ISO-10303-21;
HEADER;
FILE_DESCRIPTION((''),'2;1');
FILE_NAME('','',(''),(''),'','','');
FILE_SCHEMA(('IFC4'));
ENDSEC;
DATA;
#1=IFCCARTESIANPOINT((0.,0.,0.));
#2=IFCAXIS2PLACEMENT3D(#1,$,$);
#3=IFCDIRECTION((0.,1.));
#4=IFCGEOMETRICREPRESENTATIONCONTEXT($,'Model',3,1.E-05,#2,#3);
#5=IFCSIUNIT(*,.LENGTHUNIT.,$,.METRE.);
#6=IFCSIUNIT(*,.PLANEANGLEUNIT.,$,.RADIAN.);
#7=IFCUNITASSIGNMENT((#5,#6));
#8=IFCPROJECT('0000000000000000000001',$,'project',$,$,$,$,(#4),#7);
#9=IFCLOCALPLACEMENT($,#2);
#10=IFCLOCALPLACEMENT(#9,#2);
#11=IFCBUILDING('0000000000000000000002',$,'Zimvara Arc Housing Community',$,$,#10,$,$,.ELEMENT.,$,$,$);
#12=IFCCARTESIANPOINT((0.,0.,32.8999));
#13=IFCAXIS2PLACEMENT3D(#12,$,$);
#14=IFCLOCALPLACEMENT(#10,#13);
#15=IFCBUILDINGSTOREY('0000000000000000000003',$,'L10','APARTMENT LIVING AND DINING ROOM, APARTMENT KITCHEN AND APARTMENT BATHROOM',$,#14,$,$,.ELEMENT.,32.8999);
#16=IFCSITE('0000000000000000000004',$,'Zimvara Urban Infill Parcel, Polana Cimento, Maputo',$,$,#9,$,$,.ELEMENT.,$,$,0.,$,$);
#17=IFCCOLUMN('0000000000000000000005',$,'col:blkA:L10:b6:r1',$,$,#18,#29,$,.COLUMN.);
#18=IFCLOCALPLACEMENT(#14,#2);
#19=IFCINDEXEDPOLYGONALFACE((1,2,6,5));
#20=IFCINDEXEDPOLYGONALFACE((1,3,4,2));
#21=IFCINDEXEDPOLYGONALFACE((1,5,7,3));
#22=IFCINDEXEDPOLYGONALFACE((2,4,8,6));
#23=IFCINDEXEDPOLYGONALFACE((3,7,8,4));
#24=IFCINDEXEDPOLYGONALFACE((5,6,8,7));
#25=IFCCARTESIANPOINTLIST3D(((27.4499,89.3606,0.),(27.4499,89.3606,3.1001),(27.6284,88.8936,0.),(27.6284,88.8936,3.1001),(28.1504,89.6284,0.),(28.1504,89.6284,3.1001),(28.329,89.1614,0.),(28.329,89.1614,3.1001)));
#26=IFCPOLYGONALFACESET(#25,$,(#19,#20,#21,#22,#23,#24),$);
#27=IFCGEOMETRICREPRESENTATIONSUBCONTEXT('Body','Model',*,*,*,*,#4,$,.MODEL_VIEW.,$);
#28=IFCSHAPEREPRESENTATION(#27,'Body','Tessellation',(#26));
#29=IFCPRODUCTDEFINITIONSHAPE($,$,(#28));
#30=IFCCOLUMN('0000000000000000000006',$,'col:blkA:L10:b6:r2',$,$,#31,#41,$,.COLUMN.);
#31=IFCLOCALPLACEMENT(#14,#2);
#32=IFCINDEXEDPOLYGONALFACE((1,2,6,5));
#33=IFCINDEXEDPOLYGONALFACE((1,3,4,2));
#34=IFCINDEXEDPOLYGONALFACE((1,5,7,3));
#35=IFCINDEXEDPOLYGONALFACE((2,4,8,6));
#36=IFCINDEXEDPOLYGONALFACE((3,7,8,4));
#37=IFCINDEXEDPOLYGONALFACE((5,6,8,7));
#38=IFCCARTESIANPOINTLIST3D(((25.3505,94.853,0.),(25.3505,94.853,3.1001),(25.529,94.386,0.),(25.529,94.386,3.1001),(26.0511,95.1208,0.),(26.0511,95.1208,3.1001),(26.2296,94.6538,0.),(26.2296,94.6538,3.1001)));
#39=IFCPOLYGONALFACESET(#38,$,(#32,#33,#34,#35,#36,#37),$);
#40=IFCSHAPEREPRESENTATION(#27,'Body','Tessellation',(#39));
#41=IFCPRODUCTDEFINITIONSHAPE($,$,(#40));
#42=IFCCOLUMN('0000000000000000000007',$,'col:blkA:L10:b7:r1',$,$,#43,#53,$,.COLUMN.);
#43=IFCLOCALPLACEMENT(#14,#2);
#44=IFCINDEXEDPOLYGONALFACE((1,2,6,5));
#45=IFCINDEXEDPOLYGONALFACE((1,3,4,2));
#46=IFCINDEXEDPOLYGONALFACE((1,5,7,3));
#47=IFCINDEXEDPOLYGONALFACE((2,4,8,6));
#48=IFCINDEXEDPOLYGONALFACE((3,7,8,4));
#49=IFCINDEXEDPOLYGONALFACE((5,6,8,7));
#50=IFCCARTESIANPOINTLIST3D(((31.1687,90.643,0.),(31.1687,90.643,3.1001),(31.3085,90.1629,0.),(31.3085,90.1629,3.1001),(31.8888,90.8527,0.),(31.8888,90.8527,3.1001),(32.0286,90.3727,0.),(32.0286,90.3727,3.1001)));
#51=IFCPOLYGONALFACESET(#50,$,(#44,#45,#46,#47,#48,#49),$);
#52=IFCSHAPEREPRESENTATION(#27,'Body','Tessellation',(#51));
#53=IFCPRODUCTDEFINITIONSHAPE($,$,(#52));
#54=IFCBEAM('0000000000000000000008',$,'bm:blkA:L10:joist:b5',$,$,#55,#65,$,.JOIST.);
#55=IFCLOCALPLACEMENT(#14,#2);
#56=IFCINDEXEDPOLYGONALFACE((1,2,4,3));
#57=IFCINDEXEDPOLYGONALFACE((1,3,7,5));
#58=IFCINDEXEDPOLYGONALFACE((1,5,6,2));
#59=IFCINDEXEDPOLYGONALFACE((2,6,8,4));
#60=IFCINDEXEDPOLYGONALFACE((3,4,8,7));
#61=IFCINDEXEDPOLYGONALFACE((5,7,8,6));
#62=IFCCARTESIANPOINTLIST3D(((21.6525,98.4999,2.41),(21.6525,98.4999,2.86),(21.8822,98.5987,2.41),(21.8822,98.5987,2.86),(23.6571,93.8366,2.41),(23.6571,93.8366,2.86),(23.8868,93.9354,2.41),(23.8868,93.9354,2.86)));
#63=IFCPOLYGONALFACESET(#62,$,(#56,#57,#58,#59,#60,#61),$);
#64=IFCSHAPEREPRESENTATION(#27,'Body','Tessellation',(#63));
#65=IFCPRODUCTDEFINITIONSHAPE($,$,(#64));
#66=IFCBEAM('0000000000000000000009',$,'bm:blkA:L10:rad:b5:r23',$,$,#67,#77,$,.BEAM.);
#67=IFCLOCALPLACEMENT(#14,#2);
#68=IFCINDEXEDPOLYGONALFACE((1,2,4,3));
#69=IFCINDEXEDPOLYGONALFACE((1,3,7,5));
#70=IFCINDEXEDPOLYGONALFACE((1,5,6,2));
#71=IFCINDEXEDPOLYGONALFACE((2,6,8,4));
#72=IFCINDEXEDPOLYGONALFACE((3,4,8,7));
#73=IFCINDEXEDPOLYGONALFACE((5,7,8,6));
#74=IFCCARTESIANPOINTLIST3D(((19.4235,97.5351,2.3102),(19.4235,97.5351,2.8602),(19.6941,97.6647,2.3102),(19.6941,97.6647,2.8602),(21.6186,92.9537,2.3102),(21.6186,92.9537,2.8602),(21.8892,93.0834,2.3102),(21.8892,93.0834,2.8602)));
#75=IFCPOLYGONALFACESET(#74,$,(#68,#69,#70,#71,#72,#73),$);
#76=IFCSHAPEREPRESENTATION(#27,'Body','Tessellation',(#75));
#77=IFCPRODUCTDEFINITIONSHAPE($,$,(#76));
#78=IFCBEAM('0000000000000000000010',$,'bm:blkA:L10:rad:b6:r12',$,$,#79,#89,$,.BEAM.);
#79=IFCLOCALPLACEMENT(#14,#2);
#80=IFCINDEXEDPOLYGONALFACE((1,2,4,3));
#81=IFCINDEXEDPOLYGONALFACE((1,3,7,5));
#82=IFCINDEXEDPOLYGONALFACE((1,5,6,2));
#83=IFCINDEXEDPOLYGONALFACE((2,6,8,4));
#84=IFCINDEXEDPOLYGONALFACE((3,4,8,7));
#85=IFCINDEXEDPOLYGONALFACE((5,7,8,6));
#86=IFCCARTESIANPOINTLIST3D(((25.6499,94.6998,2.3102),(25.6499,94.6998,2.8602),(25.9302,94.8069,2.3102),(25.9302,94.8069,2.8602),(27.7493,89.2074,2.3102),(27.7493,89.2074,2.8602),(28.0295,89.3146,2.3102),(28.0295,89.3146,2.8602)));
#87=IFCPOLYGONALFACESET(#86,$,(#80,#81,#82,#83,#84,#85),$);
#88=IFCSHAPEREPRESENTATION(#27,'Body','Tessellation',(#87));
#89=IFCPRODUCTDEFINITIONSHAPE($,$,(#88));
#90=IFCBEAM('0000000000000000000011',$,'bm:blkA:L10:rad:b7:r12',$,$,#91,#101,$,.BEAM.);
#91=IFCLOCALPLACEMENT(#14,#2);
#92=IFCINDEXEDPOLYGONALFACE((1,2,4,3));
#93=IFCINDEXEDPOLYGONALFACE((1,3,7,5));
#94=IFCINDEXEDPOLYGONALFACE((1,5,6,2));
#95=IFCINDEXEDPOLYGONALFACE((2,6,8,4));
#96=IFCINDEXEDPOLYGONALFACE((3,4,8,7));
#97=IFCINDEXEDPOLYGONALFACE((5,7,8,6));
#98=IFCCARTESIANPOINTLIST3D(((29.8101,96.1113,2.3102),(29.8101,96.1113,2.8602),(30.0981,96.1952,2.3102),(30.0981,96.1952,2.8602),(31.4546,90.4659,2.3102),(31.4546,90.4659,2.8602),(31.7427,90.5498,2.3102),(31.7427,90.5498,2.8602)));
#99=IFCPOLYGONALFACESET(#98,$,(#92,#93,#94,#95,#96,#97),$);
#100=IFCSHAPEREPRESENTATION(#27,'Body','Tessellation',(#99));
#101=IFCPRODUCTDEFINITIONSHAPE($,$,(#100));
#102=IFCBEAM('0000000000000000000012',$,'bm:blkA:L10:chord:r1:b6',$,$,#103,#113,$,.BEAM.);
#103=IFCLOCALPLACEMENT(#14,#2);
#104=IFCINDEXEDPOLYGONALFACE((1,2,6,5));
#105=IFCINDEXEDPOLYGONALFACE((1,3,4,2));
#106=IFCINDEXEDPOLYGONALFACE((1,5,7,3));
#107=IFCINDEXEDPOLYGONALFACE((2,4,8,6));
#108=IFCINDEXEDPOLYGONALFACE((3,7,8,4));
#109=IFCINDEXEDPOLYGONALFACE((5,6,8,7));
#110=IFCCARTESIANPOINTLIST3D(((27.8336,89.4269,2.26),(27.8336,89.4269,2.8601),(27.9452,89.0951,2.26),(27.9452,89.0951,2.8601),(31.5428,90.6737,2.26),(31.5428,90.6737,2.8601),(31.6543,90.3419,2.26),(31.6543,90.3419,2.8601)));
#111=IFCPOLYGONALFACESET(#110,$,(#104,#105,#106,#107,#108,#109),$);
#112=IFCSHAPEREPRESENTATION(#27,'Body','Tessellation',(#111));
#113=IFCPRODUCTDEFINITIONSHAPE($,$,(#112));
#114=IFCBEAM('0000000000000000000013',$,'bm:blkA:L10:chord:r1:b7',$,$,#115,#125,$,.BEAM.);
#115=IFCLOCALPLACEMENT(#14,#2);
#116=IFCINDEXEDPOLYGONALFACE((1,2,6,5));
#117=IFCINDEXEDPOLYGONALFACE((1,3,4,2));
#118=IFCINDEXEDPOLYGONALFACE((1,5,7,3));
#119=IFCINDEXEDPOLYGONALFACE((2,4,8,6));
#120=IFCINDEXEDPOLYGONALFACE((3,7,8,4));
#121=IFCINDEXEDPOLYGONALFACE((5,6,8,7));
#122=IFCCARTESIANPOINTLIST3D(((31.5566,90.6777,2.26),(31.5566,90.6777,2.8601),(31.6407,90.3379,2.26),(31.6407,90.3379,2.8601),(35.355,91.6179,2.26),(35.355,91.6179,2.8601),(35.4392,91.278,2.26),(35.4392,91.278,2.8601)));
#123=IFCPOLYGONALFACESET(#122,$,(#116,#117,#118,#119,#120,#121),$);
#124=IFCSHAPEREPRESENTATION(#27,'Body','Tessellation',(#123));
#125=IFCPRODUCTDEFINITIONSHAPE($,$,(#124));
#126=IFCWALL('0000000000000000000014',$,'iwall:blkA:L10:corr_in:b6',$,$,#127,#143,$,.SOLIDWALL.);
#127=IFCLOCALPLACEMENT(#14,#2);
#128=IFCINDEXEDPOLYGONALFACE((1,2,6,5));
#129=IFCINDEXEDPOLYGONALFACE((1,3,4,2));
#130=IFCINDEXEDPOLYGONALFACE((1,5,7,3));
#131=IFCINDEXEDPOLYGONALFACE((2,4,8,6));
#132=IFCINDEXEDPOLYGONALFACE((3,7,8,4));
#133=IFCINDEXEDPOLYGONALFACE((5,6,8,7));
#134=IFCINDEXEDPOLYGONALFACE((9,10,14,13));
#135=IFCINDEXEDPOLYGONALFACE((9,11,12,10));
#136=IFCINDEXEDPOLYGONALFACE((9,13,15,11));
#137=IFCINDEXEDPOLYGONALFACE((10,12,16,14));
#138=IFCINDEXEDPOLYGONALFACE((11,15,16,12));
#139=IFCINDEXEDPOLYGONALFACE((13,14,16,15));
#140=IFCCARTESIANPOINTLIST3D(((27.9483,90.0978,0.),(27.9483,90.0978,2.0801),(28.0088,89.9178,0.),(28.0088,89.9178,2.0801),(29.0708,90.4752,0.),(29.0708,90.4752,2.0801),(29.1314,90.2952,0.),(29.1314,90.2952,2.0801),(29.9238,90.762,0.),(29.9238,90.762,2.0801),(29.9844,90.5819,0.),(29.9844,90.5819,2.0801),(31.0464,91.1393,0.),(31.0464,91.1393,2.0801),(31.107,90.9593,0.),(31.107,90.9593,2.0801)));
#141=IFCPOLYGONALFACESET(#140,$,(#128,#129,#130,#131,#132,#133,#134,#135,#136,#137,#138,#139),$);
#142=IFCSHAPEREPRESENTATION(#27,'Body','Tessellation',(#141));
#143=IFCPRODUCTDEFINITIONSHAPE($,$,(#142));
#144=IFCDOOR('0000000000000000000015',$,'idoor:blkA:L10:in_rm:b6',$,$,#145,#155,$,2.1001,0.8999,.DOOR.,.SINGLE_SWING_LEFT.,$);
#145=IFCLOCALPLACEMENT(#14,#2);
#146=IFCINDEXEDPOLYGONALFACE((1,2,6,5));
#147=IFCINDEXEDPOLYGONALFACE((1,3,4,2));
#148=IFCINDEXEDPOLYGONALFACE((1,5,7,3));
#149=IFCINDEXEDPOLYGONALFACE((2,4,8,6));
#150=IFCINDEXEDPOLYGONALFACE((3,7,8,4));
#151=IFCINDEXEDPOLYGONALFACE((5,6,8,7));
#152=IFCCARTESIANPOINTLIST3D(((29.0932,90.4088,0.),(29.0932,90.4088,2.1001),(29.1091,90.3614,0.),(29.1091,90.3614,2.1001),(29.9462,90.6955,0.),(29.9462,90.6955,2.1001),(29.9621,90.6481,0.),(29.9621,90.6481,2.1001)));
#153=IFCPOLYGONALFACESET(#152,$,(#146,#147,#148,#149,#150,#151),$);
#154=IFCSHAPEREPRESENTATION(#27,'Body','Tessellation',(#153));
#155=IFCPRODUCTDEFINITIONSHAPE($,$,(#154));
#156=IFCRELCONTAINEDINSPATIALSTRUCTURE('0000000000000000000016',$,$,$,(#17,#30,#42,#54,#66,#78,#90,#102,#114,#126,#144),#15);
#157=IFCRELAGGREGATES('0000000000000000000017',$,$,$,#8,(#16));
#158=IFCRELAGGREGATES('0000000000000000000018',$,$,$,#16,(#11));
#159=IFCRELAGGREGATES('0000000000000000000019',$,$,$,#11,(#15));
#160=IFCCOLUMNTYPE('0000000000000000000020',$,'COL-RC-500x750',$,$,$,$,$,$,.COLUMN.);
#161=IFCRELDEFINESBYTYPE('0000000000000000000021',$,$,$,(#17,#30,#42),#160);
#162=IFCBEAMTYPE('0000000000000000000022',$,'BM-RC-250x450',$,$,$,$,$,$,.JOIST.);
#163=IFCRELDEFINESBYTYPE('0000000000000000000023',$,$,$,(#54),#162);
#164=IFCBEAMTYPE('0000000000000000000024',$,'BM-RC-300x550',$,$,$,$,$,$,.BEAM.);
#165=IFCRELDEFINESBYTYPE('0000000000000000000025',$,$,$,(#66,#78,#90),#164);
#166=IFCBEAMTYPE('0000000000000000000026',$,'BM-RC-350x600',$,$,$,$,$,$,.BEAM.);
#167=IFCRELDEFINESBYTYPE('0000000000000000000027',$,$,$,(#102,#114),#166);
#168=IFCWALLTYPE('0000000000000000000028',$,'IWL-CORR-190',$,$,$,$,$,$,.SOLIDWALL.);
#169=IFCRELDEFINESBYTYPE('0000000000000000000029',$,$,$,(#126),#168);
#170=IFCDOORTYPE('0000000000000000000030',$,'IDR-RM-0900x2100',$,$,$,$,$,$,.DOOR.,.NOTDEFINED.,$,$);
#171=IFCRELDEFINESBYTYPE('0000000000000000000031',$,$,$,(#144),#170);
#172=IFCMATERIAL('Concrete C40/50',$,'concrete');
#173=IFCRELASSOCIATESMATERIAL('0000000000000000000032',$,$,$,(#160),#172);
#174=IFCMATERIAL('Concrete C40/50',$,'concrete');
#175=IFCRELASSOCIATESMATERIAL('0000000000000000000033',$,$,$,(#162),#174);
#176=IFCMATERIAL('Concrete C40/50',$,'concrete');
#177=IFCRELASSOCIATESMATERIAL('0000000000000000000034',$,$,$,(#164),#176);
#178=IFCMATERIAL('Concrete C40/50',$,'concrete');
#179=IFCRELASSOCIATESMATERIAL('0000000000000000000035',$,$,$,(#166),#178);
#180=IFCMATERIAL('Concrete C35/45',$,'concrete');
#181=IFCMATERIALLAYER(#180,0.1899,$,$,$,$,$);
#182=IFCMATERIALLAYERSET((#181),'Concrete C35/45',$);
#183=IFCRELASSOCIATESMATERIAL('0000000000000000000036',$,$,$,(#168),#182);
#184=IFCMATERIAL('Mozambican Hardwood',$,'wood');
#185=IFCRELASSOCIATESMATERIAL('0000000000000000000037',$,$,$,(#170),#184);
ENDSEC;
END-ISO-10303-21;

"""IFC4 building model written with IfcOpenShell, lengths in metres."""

from ifc_helpers import new_model, si_unit, direction, frame, frame_2d, origin, origin_2d, place, context, subcontext, project, spatial, rectangle, extrude, material, layer, layer_set, material_profile, profile_set, type_object, element, fill, save


model = new_model("IFC4")

# Units and contexts
model_context = context("Model", 3, precision=1e-05, world=origin(), true_north=direction((0.0, 1.0)))
body_context = subcontext(model_context, "Body", "Model", "MODEL_VIEW")
ifc_project = project(units=[si_unit("LENGTHUNIT", "METRE"), si_unit("PLANEANGLEUNIT", "RADIAN")], contexts=[model_context])

# Site, building, storey
site_placement = place(None, origin())
site = spatial("IfcSite", under=ifc_project, at=site_placement, Name="Zimvara Urban Infill Parcel, Polana Cimento, Maputo", CompositionType="ELEMENT", RefElevation=0.0)
building_placement = place(site_placement, origin())
building = spatial("IfcBuilding", under=site, at=building_placement, Name="Zimvara Arc Housing Community", CompositionType="ELEMENT")
storey_placement = place(building_placement, frame((0.0, 0.0, 32.8999)))
storey = spatial("IfcBuildingStorey", under=building, at=storey_placement, Name="L10", Description="APARTMENT LIVING AND DINING ROOM, APARTMENT KITCHEN AND APARTMENT BATHROOM", CompositionType="ELEMENT", Elevation=32.8999)

# Columns
ifc_material_1 = material(Name="Concrete C40/50", Category="concrete")
ifc_material_profile_1 = material_profile(ifc_material_1, rectangle(XDim=0.5, YDim=0.75, at=origin_2d()), Name="RC 500x750")
ifc_profile_set_1 = profile_set([ifc_material_profile_1], Name="Concrete C40/50")
column_type = type_object("IfcColumnType", Name="COL-RC-500x750", PredefinedType="COLUMN", material=ifc_profile_set_1)
for number, where, z_axis, x_axis, name in (
    (1, (27.8894, 89.261, 0.0), (0.0, 0.0, 1.0), (-0.357064, 0.93408, 0.0), "col:blkA:L10:b6:r1"),
    (2, (25.79, 94.7534, 0.0), (0.0, 0.0, 1.0), (-0.357064, 0.93408, 0.0), "col:blkA:L10:b6:r2"),
    (3, (31.5986, 90.5078, 0.0), (0.0, 0.0, 1.0), (-0.279661, 0.960099, 0.0), "col:blkA:L10:b7:r1"),
):
    element("IfcColumn", number, at=place(storey_placement, frame(where, z_axis=z_axis, x_axis=x_axis)), inside=storey, type_object=column_type, Name=name, PredefinedType="COLUMN", context=body_context, shape_type="SweptSolid", body=[
        extrude(rectangle(XDim=0.5, YDim=0.75, at=origin_2d()), origin(), (0.0, 0.0, 1.0), 3.1001),
    ])

# Beams
ifc_material_2 = material(Name="Concrete C40/50", Category="concrete")
ifc_material_profile_2 = material_profile(ifc_material_2, rectangle(XDim=0.25, YDim=0.45, at=origin_2d()), Name="RC 250x450")
ifc_profile_set_2 = profile_set([ifc_material_profile_2], Name="Concrete C40/50")
beam_type_1 = type_object("IfcBeamType", Name="BM-RC-250x450", PredefinedType="JOIST", material=ifc_profile_set_2)
beam_1_placement = place(storey_placement, frame((23.772, 93.886, 2.635), z_axis=(-0.394929, 0.918712, 0.0), x_axis=(-0.918712, -0.394929, 0.0)))
element("IfcBeam", 4, at=beam_1_placement, inside=storey, type_object=beam_type_1, Name="bm:blkA:L10:joist:b5", PredefinedType="JOIST", context=body_context, shape_type="SweptSolid", body=[
    extrude(rectangle(XDim=0.25, YDim=0.45, at=origin_2d()), origin(), (0.0, 0.0, 1.0), 5.0759),
])
ifc_material_3 = material(Name="Concrete C40/50", Category="concrete")
ifc_material_profile_3 = material_profile(ifc_material_3, rectangle(XDim=0.3, YDim=0.55, at=origin_2d()), Name="RC 300x550")
ifc_profile_set_3 = profile_set([ifc_material_profile_3], Name="Concrete C40/50")
beam_type_2 = type_object("IfcBeamType", Name="BM-RC-300x550", PredefinedType="BEAM", material=ifc_profile_set_3)
beam_2_placement = place(storey_placement, frame((21.7539, 93.0186, 2.5852), z_axis=(-0.432098, 0.901827, 0.0), x_axis=(-0.901827, -0.432098, 0.0)))
element("IfcBeam", 5, at=beam_2_placement, inside=storey, type_object=beam_type_2, Name="bm:blkA:L10:rad:b5:r23", PredefinedType="BEAM", context=body_context, shape_type="SweptSolid", body=[
    extrude(rectangle(XDim=0.3, YDim=0.55, at=origin_2d()), origin(), (0.0, 0.0, 1.0), 5.0801),
])
beam_3_placement = place(storey_placement, frame((27.8894, 89.261, 2.5852), z_axis=(-0.357036, 0.934091, 0.0), x_axis=(-0.934091, -0.357036, 0.0)))
element("IfcBeam", 6, at=beam_3_placement, inside=storey, type_object=beam_type_2, Name="bm:blkA:L10:rad:b6:r12", PredefinedType="BEAM", context=body_context, shape_type="SweptSolid", body=[
    extrude(rectangle(XDim=0.3, YDim=0.55, at=origin_2d()), origin(), (0.0, 0.0, 1.0), 5.8799),
])
beam_4_placement = place(storey_placement, frame((31.5986, 90.5078, 2.5852), z_axis=(-0.279675, 0.960095, 0.0), x_axis=(-0.960095, -0.279675, 0.0)))
element("IfcBeam", 7, at=beam_4_placement, inside=storey, type_object=beam_type_2, Name="bm:blkA:L10:rad:b7:r12", PredefinedType="BEAM", context=body_context, shape_type="SweptSolid", body=[
    extrude(rectangle(XDim=0.3, YDim=0.55, at=origin_2d()), origin(), (0.0, 0.0, 1.0), 5.8801),
])
ifc_material_4 = material(Name="Concrete C40/50", Category="concrete")
ifc_material_profile_4 = material_profile(ifc_material_4, rectangle(XDim=0.3501, YDim=0.6001, at=origin_2d()), Name="RC 350x600")
ifc_profile_set_4 = profile_set([ifc_material_profile_4], Name="Concrete C40/50")
beam_type_3 = type_object("IfcBeamType", Name="BM-RC-350x600", PredefinedType="BEAM", material=ifc_profile_set_4)
for number, where, z_axis, x_axis, name in (
    (8, (27.8894, 89.261, 2.5601), (0.947882, 0.318623, 0.0), (-0.318623, 0.947882, 0.0), "bm:blkA:L10:chord:r1:b6"),
    (9, (31.5986, 90.5078, 2.5601), (0.970709, 0.24026, 0.0), (-0.24026, 0.970709, 0.0), "bm:blkA:L10:chord:r1:b7"),
):
    element("IfcBeam", number, at=place(storey_placement, frame(where, z_axis=z_axis, x_axis=x_axis)), inside=storey, type_object=beam_type_3, Name=name, PredefinedType="BEAM", context=body_context, shape_type="SweptSolid", body=[
        extrude(rectangle(XDim=0.3501, YDim=0.6001, at=origin_2d()), origin(), (0.0, 0.0, 1.0), 3.9131),
    ])

# Wall, opening, door
ifc_material_5 = material(Name="Concrete C35/45", Category="concrete")
ifc_layer_1 = layer(ifc_material_5, 0.1899)
ifc_layer_set_1 = layer_set([ifc_layer_1], Name="Concrete C35/45")
wall_type_1 = type_object("IfcWallType", Name="IWL-CORR-190", PredefinedType="SOLIDWALL", material=ifc_layer_set_1)
wall_1_placement = place(storey_placement, frame((27.9785, 90.0078, 0.0), z_axis=(0.0, 0.0, 1.0), x_axis=(0.947874, 0.318647, 0.0)))
wall_1 = element("IfcWall", 10, at=wall_1_placement, inside=storey, type_object=wall_type_1, Name="iwall:blkA:L10:corr_in:b6", PredefinedType="SOLIDWALL", context=body_context, shape_type="SweptSolid", body=[
    extrude(rectangle(XDim=3.2686, YDim=0.1899, at=frame_2d((1.6343, 0.0))), origin(), (0.0, 0.0, 1.0), 2.0801),
])
opening_1_placement = place(wall_1_placement, frame((1.1843, 0.0, 0.0)))
opening_1 = element("IfcOpeningElement", 11, at=opening_1_placement, cuts=wall_1, PredefinedType="OPENING", context=body_context, shape_type="SweptSolid", body=[
    extrude(rectangle(XDim=0.8999, YDim=2.1001, at=frame_2d((0.45, 1.05))), frame((0.0, 0.105, 0.0), z_axis=(0.0, -1.0, 0.0), x_axis=(1.0, 0.0, 0.0)), (0.0, 0.0, 1.0), 0.21),
])
ifc_material_6 = material(Name="Mozambican Hardwood", Category="wood")
door_type_1 = type_object("IfcDoorType", Name="IDR-RM-0900x2100", OperationType="NOTDEFINED", PredefinedType="DOOR", material=ifc_material_6)
door_1_placement = place(opening_1_placement, origin())
door_1 = element("IfcDoor", 12, at=door_1_placement, inside=storey, type_object=door_type_1, Name="idoor:blkA:L10:in_rm:b6", OperationType="SINGLE_SWING_LEFT", OverallHeight=2.1001, OverallWidth=0.8999, PredefinedType="DOOR", context=body_context, shape_type="SweptSolid", body=[
    extrude(rectangle(XDim=0.8999, YDim=2.1001, at=frame_2d((0.45, 1.05))), frame((0.0, 0.0249, 0.0), z_axis=(0.0, -1.0, 0.0), x_axis=(1.0, 0.0, 0.0)), (0.0, 0.0, 1.0), 0.05),
])
fill(opening_1, door_1)

save(model, "model.ifc")
